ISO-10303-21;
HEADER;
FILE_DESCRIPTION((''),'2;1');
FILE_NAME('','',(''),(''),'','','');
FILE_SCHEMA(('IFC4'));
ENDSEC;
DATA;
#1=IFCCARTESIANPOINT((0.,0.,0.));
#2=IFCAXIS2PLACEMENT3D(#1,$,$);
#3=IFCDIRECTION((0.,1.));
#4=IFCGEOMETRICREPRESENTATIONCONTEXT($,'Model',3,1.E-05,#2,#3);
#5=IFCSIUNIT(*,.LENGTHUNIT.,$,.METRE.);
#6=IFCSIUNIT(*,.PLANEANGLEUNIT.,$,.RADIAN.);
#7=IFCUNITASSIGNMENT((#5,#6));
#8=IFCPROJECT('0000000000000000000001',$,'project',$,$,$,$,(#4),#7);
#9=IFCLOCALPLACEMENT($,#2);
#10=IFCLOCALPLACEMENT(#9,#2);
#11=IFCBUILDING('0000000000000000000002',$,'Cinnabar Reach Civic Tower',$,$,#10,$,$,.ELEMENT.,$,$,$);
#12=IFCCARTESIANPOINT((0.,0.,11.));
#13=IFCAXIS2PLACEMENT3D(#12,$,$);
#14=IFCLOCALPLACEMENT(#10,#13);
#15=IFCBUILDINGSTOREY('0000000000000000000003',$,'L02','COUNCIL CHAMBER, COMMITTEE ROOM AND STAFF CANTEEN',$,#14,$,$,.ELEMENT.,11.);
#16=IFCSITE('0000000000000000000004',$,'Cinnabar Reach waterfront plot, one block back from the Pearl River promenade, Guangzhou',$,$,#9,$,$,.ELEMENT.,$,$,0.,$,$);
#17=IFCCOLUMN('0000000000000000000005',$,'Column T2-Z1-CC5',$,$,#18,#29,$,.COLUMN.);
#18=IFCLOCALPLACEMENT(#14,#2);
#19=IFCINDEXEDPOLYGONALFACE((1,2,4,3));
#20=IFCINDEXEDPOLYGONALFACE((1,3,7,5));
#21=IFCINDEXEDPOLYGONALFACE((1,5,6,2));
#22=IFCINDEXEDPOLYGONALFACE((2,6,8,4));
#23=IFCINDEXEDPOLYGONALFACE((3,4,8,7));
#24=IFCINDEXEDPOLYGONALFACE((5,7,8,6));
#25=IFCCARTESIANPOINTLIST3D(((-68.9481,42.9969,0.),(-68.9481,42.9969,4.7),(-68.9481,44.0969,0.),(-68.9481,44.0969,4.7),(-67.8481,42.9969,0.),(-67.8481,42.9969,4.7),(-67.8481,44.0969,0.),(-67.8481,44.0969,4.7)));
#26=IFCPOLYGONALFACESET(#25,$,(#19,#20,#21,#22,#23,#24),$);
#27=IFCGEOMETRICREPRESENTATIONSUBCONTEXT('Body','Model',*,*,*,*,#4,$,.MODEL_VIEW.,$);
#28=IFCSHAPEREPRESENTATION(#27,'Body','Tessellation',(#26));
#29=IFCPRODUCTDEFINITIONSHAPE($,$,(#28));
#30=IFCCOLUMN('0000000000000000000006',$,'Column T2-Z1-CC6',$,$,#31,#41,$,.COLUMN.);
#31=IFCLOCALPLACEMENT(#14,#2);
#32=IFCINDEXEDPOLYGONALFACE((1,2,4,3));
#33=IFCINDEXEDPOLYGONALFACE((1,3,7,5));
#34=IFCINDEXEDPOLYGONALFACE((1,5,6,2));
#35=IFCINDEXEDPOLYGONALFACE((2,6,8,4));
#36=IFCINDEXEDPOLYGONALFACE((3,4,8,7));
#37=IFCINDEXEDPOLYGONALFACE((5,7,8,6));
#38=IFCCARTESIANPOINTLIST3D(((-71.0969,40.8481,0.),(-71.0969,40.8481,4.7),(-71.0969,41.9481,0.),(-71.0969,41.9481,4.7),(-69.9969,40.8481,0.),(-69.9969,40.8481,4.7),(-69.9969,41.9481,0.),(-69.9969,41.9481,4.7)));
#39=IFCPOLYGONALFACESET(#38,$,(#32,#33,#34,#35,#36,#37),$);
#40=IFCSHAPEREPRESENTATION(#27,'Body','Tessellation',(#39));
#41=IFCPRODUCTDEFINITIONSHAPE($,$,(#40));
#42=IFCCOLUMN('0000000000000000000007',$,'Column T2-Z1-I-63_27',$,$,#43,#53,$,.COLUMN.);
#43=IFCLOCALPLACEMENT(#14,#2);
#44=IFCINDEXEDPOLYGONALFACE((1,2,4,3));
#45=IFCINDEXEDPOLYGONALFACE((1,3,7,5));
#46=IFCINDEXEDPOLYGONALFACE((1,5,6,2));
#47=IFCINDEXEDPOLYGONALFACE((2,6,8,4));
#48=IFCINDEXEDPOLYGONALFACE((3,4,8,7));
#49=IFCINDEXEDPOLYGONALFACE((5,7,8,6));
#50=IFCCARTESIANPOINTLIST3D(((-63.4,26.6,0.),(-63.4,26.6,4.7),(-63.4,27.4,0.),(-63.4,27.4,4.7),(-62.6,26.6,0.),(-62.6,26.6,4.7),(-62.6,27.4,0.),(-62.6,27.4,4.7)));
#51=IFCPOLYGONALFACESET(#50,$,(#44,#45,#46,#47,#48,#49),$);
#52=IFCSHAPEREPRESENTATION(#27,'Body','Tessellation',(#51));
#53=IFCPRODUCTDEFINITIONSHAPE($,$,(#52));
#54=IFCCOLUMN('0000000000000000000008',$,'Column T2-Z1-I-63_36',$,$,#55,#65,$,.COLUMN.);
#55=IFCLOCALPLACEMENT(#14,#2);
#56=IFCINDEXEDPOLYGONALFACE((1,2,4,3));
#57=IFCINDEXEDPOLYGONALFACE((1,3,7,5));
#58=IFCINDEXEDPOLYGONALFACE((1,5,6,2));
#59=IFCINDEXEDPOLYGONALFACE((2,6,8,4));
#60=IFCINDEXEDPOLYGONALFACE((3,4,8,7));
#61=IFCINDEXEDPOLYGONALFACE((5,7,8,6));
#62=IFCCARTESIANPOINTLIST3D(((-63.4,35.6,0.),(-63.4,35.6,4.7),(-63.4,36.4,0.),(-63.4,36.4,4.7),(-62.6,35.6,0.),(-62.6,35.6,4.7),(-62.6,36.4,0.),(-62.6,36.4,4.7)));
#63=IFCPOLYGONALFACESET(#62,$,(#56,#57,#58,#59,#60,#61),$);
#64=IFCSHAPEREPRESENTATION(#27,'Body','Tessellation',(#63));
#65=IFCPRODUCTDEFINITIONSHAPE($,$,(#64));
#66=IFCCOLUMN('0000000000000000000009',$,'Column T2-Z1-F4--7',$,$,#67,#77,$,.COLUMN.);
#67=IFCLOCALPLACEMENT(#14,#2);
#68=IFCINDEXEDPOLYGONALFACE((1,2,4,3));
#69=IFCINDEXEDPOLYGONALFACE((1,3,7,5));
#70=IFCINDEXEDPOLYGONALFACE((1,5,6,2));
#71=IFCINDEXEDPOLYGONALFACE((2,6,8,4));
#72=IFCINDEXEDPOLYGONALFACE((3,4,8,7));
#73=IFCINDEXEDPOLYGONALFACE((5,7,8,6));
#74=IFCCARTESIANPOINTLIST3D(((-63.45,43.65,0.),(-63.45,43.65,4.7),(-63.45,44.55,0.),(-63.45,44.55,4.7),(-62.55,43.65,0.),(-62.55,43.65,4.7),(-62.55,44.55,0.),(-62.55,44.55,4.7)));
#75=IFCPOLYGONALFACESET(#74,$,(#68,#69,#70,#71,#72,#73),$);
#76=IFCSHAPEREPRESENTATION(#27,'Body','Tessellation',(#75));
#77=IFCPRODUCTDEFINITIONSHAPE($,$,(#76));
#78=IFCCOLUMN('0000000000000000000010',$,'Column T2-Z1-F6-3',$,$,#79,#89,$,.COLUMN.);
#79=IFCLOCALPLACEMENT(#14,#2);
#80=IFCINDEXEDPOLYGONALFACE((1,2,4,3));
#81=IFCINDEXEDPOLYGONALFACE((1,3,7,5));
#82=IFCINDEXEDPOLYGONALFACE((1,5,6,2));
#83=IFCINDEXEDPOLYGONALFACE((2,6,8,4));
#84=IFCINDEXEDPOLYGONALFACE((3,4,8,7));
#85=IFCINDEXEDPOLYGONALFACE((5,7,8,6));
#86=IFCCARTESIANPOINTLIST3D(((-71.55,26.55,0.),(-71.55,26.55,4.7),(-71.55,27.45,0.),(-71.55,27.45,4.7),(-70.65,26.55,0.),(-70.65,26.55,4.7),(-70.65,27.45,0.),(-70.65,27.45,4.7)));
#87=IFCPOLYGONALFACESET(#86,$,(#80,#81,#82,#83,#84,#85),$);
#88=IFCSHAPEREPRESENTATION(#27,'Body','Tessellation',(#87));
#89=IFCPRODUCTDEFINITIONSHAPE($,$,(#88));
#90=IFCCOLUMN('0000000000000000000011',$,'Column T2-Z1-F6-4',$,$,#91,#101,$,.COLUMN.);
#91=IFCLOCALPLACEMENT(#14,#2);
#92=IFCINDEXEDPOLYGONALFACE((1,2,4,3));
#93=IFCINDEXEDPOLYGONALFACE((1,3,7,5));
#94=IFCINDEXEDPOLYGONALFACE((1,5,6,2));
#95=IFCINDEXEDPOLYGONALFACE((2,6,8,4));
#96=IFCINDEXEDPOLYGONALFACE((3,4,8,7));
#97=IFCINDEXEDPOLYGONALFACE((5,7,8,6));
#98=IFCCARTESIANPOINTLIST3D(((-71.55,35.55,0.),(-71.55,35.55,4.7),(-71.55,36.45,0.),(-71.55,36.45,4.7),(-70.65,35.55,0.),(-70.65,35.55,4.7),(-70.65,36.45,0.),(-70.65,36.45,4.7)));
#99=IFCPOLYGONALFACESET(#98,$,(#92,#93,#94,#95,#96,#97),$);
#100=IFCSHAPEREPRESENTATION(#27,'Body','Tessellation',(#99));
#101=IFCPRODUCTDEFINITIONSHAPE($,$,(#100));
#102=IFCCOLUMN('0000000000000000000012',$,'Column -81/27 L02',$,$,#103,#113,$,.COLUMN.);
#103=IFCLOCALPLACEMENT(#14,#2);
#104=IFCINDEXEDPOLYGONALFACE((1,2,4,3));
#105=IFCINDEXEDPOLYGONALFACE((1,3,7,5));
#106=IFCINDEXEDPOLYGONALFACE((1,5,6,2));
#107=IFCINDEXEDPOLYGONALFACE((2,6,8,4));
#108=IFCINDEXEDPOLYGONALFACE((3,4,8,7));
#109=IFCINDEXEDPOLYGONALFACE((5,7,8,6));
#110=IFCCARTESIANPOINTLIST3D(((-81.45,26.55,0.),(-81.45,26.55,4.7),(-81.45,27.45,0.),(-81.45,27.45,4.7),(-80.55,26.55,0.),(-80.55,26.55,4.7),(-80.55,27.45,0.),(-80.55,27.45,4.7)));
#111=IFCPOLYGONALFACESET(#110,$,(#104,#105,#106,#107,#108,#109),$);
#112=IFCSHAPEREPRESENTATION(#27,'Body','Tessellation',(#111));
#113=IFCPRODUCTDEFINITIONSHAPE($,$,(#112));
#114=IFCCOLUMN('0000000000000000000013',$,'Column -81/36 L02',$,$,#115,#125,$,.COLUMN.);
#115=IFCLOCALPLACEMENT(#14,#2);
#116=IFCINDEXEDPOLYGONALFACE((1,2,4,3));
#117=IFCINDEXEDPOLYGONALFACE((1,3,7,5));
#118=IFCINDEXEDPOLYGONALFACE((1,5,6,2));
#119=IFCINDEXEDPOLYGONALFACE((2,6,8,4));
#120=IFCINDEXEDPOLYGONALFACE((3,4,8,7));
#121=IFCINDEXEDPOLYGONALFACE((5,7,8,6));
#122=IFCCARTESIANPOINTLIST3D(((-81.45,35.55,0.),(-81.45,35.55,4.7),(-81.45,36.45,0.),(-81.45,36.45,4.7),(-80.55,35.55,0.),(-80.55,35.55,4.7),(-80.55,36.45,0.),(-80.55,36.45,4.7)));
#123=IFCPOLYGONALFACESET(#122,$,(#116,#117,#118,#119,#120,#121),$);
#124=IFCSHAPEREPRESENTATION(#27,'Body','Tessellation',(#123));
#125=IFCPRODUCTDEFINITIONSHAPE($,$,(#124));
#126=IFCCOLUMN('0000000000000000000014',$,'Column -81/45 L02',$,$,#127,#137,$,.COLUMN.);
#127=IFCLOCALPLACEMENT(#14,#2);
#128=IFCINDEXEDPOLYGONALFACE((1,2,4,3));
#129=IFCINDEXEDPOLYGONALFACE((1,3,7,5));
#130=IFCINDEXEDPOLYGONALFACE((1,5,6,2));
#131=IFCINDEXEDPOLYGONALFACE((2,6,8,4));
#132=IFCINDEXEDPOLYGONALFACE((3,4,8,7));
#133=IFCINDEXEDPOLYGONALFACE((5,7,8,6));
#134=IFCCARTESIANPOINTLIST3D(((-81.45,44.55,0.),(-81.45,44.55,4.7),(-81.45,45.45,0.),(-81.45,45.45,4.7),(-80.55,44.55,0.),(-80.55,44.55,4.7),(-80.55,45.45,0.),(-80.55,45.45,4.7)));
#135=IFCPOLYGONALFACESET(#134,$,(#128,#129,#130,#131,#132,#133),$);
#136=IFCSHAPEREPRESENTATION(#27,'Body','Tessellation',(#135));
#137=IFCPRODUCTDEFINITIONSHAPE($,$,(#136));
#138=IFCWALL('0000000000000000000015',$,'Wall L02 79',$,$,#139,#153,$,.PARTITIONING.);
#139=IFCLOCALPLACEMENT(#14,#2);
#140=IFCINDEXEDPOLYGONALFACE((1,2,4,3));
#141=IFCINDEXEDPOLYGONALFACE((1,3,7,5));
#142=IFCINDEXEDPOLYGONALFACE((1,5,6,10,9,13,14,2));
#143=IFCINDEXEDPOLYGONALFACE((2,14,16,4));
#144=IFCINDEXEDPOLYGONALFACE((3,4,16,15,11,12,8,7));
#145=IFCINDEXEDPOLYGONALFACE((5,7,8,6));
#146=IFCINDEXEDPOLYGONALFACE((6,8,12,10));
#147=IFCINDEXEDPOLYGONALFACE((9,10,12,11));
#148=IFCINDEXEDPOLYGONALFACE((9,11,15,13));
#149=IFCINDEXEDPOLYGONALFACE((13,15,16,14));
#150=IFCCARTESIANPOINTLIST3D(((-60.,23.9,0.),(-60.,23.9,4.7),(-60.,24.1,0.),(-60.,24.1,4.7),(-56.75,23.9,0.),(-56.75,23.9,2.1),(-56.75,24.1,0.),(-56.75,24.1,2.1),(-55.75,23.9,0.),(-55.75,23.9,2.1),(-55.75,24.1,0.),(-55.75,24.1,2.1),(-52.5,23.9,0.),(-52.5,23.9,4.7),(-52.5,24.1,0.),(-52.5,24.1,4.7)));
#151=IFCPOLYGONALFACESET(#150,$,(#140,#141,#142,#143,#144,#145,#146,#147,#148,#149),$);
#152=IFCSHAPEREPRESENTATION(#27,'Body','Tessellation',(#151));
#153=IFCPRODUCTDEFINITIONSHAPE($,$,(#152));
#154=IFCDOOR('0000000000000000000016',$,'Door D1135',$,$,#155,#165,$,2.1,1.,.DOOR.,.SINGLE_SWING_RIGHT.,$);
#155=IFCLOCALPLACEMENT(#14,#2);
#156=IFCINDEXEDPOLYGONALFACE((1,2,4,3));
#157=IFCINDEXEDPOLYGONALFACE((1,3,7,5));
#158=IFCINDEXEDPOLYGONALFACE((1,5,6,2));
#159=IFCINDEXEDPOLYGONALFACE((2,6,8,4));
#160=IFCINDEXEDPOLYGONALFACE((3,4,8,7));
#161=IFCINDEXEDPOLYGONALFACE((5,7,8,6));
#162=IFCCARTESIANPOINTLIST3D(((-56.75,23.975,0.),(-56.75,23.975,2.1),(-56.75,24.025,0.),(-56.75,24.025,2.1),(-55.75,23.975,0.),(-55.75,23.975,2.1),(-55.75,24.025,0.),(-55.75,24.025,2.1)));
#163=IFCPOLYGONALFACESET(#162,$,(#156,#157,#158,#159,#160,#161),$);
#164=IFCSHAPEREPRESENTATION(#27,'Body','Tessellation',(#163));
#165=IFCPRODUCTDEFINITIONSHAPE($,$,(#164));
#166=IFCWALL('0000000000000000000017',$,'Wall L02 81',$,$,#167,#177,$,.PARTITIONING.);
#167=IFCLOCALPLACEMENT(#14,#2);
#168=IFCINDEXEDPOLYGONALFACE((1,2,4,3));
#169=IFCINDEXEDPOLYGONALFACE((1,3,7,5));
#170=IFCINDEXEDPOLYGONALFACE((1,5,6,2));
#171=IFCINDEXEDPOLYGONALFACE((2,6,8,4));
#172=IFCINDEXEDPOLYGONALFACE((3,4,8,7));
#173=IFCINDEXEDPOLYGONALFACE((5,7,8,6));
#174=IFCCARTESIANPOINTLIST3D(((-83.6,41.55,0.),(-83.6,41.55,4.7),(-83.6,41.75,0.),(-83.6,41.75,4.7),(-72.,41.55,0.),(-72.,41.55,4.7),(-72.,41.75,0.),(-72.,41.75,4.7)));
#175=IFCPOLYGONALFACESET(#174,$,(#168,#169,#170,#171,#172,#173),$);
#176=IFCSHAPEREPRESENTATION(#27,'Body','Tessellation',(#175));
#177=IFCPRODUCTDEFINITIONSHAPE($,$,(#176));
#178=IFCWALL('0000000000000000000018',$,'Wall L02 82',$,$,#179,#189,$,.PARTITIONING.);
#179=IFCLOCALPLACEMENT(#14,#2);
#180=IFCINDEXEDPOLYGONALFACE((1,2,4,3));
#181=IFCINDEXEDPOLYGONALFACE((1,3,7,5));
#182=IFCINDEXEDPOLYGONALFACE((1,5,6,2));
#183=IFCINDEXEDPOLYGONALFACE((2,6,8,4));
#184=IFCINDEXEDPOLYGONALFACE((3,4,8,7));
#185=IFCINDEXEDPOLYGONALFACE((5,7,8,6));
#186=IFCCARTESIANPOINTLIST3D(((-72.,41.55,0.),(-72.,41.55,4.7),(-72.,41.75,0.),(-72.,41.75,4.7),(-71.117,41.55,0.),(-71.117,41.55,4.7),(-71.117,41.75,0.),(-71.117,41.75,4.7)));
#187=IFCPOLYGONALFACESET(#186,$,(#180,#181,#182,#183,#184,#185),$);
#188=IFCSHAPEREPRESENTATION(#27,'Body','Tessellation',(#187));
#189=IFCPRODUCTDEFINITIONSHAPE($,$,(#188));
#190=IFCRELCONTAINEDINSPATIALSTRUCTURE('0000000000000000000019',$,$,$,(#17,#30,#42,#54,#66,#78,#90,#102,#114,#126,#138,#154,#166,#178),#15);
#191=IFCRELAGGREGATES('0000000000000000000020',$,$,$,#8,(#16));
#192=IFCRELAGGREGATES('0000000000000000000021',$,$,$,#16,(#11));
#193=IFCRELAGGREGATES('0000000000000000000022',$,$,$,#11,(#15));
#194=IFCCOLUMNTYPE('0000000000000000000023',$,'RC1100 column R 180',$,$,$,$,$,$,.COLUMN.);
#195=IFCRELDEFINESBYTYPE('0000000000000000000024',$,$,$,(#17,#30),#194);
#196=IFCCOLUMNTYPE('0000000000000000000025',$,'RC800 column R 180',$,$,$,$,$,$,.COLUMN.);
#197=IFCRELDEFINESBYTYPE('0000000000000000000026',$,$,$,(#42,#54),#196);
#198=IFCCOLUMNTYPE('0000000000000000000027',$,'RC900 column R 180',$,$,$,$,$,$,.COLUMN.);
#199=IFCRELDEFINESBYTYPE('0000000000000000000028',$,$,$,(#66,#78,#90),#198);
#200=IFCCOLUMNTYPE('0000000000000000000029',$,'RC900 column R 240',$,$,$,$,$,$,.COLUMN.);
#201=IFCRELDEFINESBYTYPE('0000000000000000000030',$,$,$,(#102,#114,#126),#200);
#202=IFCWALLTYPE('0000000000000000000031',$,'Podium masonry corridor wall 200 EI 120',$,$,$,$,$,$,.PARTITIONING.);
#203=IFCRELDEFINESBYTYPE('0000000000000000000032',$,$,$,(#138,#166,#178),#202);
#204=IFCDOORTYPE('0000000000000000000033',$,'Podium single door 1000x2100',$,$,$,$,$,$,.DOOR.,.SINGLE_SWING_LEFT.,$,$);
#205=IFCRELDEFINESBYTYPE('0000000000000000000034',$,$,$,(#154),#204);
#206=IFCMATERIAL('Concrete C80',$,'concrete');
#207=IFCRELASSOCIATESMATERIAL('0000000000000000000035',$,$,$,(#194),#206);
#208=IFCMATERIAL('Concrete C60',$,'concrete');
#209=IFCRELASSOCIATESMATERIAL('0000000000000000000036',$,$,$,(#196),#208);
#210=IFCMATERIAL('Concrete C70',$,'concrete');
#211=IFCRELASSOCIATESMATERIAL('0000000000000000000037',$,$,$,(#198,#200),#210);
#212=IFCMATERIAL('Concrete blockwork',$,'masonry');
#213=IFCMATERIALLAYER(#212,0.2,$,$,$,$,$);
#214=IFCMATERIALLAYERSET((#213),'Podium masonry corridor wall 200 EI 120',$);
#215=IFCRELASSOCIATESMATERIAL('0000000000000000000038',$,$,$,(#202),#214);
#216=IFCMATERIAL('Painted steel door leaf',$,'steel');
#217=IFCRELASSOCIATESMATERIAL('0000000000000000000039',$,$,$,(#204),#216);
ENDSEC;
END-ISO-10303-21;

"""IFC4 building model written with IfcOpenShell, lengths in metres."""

from ifc_helpers import new_model, si_unit, direction, frame, frame_2d, origin, origin_2d, place, context, subcontext, project, spatial, rectangle, extrude, material, layer, layer_set, material_profile, profile_set, type_object, element, fill, save


model = new_model("IFC4")

# Units and contexts
model_context = context("Model", 3, precision=1e-05, world=origin(), true_north=direction((0.0, 1.0)))
body_context = subcontext(model_context, "Body", "Model", "MODEL_VIEW")
ifc_project = project(units=[si_unit("LENGTHUNIT", "METRE"), si_unit("PLANEANGLEUNIT", "RADIAN")], contexts=[model_context])

# Site, building, storey
site_placement = place(None, origin())
site = spatial("IfcSite", under=ifc_project, at=site_placement, Name="Cinnabar Reach waterfront plot, one block back from the Pearl River promenade, Guangzhou", CompositionType="ELEMENT", RefElevation=0.0)
building_placement = place(site_placement, origin())
building = spatial("IfcBuilding", under=site, at=building_placement, Name="Cinnabar Reach Civic Tower", CompositionType="ELEMENT")
storey_placement = place(building_placement, frame((0.0, 0.0, 11.0)))
storey = spatial("IfcBuildingStorey", under=building, at=storey_placement, Name="L02", Description="COUNCIL CHAMBER, COMMITTEE ROOM AND STAFF CANTEEN", CompositionType="ELEMENT", Elevation=11.0)

# Columns
ifc_material_1 = material(Name="Concrete C80", Category="concrete")
ifc_material_profile_1 = material_profile(ifc_material_1, rectangle(XDim=1.1, YDim=1.1, at=origin_2d()), Name="RC1100")
ifc_profile_set_1 = profile_set([ifc_material_profile_1], Name="Concrete C80")
column_type_1 = type_object("IfcColumnType", Name="RC1100 column R 180", PredefinedType="COLUMN", material=ifc_profile_set_1)
for number, where, z_axis, x_axis, name in (
    (1, (-68.3981, 43.5469, 0.0), (0.0, 0.0, 1.0), (1.0, 0.0, 0.0), "Column T2-Z1-CC5"),
    (2, (-70.5469, 41.3981, 0.0), (0.0, 0.0, 1.0), (1.0, 0.0, 0.0), "Column T2-Z1-CC6"),
):
    element("IfcColumn", number, at=place(storey_placement, frame(where, z_axis=z_axis, x_axis=x_axis)), inside=storey, type_object=column_type_1, Name=name, PredefinedType="COLUMN", context=body_context, shape_type="SweptSolid", body=[
        extrude(rectangle(XDim=1.1, YDim=1.1, at=origin_2d()), origin(), (0.0, 0.0, 1.0), 4.7),
    ])
ifc_material_2 = material(Name="Concrete C60", Category="concrete")
ifc_material_profile_2 = material_profile(ifc_material_2, rectangle(XDim=0.8, YDim=0.8, at=origin_2d()), Name="RC800")
ifc_profile_set_2 = profile_set([ifc_material_profile_2], Name="Concrete C60")
column_type_2 = type_object("IfcColumnType", Name="RC800 column R 180", PredefinedType="COLUMN", material=ifc_profile_set_2)
for number, where, z_axis, x_axis, name in (
    (3, (-63.0, 27.0, 0.0), (0.0, 0.0, 1.0), (1.0, 0.0, 0.0), "Column T2-Z1-I-63_27"),
    (4, (-63.0, 36.0, 0.0), (0.0, 0.0, 1.0), (1.0, 0.0, 0.0), "Column T2-Z1-I-63_36"),
):
    element("IfcColumn", number, at=place(storey_placement, frame(where, z_axis=z_axis, x_axis=x_axis)), inside=storey, type_object=column_type_2, Name=name, PredefinedType="COLUMN", context=body_context, shape_type="SweptSolid", body=[
        extrude(rectangle(XDim=0.8, YDim=0.8, at=origin_2d()), origin(), (0.0, 0.0, 1.0), 4.7),
    ])
ifc_material_3 = material(Name="Concrete C70", Category="concrete")
ifc_material_profile_3 = material_profile(ifc_material_3, rectangle(XDim=0.9, YDim=0.9, at=origin_2d()), Name="RC900")
ifc_profile_set_3 = profile_set([ifc_material_profile_3], Name="Concrete C70")
column_type_3 = type_object("IfcColumnType", Name="RC900 column R 180", PredefinedType="COLUMN", material=ifc_profile_set_3)
for number, where, z_axis, x_axis, name in (
    (5, (-63.0, 44.1, 0.0), (0.0, 0.0, 1.0), (1.0, 0.0, 0.0), "Column T2-Z1-F4--7"),
    (6, (-71.1, 27.0, 0.0), (0.0, 0.0, 1.0), (1.0, 0.0, 0.0), "Column T2-Z1-F6-3"),
    (7, (-71.1, 36.0, 0.0), (0.0, 0.0, 1.0), (1.0, 0.0, 0.0), "Column T2-Z1-F6-4"),
):
    element("IfcColumn", number, at=place(storey_placement, frame(where, z_axis=z_axis, x_axis=x_axis)), inside=storey, type_object=column_type_3, Name=name, PredefinedType="COLUMN", context=body_context, shape_type="SweptSolid", body=[
        extrude(rectangle(XDim=0.9, YDim=0.9, at=origin_2d()), origin(), (0.0, 0.0, 1.0), 4.7),
    ])
ifc_material_profile_4 = material_profile(ifc_material_3, rectangle(XDim=0.9, YDim=0.9, at=origin_2d()), Name="RC900")
ifc_profile_set_4 = profile_set([ifc_material_profile_4], Name="Concrete C70")
column_type_4 = type_object("IfcColumnType", Name="RC900 column R 240", PredefinedType="COLUMN", material=ifc_profile_set_4)
for number, where, z_axis, x_axis, name in (
    (8, (-81.0, 27.0, 0.0), (0.0, 0.0, 1.0), (1.0, 0.0, 0.0), "Column -81/27 L02"),
    (9, (-81.0, 36.0, 0.0), (0.0, 0.0, 1.0), (1.0, 0.0, 0.0), "Column -81/36 L02"),
    (10, (-81.0, 45.0, 0.0), (0.0, 0.0, 1.0), (1.0, 0.0, 0.0), "Column -81/45 L02"),
):
    element("IfcColumn", number, at=place(storey_placement, frame(where, z_axis=z_axis, x_axis=x_axis)), inside=storey, type_object=column_type_4, Name=name, PredefinedType="COLUMN", context=body_context, shape_type="SweptSolid", body=[
        extrude(rectangle(XDim=0.9, YDim=0.9, at=origin_2d()), origin(), (0.0, 0.0, 1.0), 4.7),
    ])

# Wall, opening, door
ifc_material_4 = material(Name="Concrete blockwork", Category="masonry")
ifc_layer_1 = layer(ifc_material_4, 0.2)
ifc_layer_set_1 = layer_set([ifc_layer_1], Name="Podium masonry corridor wall 200 EI 120")
wall_type_1 = type_object("IfcWallType", Name="Podium masonry corridor wall 200 EI 120", PredefinedType="PARTITIONING", material=ifc_layer_set_1)
wall_1_placement = place(storey_placement, frame((-60.0, 24.0, 0.0), z_axis=(0.0, 0.0, 1.0), x_axis=(1.0, 0.0, 0.0)))
wall_1 = element("IfcWall", 11, at=wall_1_placement, inside=storey, type_object=wall_type_1, Name="Wall L02 79", PredefinedType="PARTITIONING", context=body_context, shape_type="SweptSolid", body=[
    extrude(rectangle(XDim=7.5, YDim=0.2, at=frame_2d((3.75, 0.0))), origin(), (0.0, 0.0, 1.0), 4.7),
])
opening_1_placement = place(wall_1_placement, frame((3.25, 0.0, 0.0)))
opening_1 = element("IfcOpeningElement", 12, at=opening_1_placement, cuts=wall_1, PredefinedType="OPENING", context=body_context, shape_type="SweptSolid", body=[
    extrude(rectangle(XDim=1.0, YDim=2.1, at=frame_2d((0.5, 1.05))), frame((0.0, 0.11, 0.0), z_axis=(0.0, -1.0, 0.0), x_axis=(1.0, 0.0, 0.0)), (0.0, 0.0, 1.0), 0.22),
])
ifc_material_5 = material(Name="Painted steel door leaf", Category="steel")
door_type_1 = type_object("IfcDoorType", Name="Podium single door 1000x2100", OperationType="SINGLE_SWING_LEFT", PredefinedType="DOOR", material=ifc_material_5)
door_1_placement = place(opening_1_placement, origin())
door_1 = element("IfcDoor", 13, at=door_1_placement, inside=storey, type_object=door_type_1, Name="Door D1135", OperationType="SINGLE_SWING_RIGHT", OverallHeight=2.1, OverallWidth=1.0, PredefinedType="DOOR", context=body_context, shape_type="SweptSolid", body=[
    extrude(rectangle(XDim=1.0, YDim=2.1, at=frame_2d((0.5, 1.05))), frame((0.0, 0.025, 0.0), z_axis=(0.0, -1.0, 0.0), x_axis=(1.0, 0.0, 0.0)), (0.0, 0.0, 1.0), 0.05),
])
fill(opening_1, door_1)

# Walls
wall_2_placement = place(storey_placement, frame((-83.6, 41.65, 0.0), z_axis=(0.0, 0.0, 1.0), x_axis=(1.0, 0.0, 0.0)))
element("IfcWall", 14, at=wall_2_placement, inside=storey, type_object=wall_type_1, Name="Wall L02 81", PredefinedType="PARTITIONING", context=body_context, shape_type="SweptSolid", body=[
    extrude(rectangle(XDim=11.6, YDim=0.2, at=frame_2d((5.8, 0.0))), origin(), (0.0, 0.0, 1.0), 4.7),
])
wall_3_placement = place(storey_placement, frame((-72.0, 41.65, 0.0), z_axis=(0.0, 0.0, 1.0), x_axis=(1.0, 0.0, 0.0)))
element("IfcWall", 15, at=wall_3_placement, inside=storey, type_object=wall_type_1, Name="Wall L02 82", PredefinedType="PARTITIONING", context=body_context, shape_type="SweptSolid", body=[
    extrude(rectangle(XDim=0.8831, YDim=0.2, at=frame_2d((0.4415, 0.0))), origin(), (0.0, 0.0, 1.0), 4.7),
])

save(model, "model.ifc")
